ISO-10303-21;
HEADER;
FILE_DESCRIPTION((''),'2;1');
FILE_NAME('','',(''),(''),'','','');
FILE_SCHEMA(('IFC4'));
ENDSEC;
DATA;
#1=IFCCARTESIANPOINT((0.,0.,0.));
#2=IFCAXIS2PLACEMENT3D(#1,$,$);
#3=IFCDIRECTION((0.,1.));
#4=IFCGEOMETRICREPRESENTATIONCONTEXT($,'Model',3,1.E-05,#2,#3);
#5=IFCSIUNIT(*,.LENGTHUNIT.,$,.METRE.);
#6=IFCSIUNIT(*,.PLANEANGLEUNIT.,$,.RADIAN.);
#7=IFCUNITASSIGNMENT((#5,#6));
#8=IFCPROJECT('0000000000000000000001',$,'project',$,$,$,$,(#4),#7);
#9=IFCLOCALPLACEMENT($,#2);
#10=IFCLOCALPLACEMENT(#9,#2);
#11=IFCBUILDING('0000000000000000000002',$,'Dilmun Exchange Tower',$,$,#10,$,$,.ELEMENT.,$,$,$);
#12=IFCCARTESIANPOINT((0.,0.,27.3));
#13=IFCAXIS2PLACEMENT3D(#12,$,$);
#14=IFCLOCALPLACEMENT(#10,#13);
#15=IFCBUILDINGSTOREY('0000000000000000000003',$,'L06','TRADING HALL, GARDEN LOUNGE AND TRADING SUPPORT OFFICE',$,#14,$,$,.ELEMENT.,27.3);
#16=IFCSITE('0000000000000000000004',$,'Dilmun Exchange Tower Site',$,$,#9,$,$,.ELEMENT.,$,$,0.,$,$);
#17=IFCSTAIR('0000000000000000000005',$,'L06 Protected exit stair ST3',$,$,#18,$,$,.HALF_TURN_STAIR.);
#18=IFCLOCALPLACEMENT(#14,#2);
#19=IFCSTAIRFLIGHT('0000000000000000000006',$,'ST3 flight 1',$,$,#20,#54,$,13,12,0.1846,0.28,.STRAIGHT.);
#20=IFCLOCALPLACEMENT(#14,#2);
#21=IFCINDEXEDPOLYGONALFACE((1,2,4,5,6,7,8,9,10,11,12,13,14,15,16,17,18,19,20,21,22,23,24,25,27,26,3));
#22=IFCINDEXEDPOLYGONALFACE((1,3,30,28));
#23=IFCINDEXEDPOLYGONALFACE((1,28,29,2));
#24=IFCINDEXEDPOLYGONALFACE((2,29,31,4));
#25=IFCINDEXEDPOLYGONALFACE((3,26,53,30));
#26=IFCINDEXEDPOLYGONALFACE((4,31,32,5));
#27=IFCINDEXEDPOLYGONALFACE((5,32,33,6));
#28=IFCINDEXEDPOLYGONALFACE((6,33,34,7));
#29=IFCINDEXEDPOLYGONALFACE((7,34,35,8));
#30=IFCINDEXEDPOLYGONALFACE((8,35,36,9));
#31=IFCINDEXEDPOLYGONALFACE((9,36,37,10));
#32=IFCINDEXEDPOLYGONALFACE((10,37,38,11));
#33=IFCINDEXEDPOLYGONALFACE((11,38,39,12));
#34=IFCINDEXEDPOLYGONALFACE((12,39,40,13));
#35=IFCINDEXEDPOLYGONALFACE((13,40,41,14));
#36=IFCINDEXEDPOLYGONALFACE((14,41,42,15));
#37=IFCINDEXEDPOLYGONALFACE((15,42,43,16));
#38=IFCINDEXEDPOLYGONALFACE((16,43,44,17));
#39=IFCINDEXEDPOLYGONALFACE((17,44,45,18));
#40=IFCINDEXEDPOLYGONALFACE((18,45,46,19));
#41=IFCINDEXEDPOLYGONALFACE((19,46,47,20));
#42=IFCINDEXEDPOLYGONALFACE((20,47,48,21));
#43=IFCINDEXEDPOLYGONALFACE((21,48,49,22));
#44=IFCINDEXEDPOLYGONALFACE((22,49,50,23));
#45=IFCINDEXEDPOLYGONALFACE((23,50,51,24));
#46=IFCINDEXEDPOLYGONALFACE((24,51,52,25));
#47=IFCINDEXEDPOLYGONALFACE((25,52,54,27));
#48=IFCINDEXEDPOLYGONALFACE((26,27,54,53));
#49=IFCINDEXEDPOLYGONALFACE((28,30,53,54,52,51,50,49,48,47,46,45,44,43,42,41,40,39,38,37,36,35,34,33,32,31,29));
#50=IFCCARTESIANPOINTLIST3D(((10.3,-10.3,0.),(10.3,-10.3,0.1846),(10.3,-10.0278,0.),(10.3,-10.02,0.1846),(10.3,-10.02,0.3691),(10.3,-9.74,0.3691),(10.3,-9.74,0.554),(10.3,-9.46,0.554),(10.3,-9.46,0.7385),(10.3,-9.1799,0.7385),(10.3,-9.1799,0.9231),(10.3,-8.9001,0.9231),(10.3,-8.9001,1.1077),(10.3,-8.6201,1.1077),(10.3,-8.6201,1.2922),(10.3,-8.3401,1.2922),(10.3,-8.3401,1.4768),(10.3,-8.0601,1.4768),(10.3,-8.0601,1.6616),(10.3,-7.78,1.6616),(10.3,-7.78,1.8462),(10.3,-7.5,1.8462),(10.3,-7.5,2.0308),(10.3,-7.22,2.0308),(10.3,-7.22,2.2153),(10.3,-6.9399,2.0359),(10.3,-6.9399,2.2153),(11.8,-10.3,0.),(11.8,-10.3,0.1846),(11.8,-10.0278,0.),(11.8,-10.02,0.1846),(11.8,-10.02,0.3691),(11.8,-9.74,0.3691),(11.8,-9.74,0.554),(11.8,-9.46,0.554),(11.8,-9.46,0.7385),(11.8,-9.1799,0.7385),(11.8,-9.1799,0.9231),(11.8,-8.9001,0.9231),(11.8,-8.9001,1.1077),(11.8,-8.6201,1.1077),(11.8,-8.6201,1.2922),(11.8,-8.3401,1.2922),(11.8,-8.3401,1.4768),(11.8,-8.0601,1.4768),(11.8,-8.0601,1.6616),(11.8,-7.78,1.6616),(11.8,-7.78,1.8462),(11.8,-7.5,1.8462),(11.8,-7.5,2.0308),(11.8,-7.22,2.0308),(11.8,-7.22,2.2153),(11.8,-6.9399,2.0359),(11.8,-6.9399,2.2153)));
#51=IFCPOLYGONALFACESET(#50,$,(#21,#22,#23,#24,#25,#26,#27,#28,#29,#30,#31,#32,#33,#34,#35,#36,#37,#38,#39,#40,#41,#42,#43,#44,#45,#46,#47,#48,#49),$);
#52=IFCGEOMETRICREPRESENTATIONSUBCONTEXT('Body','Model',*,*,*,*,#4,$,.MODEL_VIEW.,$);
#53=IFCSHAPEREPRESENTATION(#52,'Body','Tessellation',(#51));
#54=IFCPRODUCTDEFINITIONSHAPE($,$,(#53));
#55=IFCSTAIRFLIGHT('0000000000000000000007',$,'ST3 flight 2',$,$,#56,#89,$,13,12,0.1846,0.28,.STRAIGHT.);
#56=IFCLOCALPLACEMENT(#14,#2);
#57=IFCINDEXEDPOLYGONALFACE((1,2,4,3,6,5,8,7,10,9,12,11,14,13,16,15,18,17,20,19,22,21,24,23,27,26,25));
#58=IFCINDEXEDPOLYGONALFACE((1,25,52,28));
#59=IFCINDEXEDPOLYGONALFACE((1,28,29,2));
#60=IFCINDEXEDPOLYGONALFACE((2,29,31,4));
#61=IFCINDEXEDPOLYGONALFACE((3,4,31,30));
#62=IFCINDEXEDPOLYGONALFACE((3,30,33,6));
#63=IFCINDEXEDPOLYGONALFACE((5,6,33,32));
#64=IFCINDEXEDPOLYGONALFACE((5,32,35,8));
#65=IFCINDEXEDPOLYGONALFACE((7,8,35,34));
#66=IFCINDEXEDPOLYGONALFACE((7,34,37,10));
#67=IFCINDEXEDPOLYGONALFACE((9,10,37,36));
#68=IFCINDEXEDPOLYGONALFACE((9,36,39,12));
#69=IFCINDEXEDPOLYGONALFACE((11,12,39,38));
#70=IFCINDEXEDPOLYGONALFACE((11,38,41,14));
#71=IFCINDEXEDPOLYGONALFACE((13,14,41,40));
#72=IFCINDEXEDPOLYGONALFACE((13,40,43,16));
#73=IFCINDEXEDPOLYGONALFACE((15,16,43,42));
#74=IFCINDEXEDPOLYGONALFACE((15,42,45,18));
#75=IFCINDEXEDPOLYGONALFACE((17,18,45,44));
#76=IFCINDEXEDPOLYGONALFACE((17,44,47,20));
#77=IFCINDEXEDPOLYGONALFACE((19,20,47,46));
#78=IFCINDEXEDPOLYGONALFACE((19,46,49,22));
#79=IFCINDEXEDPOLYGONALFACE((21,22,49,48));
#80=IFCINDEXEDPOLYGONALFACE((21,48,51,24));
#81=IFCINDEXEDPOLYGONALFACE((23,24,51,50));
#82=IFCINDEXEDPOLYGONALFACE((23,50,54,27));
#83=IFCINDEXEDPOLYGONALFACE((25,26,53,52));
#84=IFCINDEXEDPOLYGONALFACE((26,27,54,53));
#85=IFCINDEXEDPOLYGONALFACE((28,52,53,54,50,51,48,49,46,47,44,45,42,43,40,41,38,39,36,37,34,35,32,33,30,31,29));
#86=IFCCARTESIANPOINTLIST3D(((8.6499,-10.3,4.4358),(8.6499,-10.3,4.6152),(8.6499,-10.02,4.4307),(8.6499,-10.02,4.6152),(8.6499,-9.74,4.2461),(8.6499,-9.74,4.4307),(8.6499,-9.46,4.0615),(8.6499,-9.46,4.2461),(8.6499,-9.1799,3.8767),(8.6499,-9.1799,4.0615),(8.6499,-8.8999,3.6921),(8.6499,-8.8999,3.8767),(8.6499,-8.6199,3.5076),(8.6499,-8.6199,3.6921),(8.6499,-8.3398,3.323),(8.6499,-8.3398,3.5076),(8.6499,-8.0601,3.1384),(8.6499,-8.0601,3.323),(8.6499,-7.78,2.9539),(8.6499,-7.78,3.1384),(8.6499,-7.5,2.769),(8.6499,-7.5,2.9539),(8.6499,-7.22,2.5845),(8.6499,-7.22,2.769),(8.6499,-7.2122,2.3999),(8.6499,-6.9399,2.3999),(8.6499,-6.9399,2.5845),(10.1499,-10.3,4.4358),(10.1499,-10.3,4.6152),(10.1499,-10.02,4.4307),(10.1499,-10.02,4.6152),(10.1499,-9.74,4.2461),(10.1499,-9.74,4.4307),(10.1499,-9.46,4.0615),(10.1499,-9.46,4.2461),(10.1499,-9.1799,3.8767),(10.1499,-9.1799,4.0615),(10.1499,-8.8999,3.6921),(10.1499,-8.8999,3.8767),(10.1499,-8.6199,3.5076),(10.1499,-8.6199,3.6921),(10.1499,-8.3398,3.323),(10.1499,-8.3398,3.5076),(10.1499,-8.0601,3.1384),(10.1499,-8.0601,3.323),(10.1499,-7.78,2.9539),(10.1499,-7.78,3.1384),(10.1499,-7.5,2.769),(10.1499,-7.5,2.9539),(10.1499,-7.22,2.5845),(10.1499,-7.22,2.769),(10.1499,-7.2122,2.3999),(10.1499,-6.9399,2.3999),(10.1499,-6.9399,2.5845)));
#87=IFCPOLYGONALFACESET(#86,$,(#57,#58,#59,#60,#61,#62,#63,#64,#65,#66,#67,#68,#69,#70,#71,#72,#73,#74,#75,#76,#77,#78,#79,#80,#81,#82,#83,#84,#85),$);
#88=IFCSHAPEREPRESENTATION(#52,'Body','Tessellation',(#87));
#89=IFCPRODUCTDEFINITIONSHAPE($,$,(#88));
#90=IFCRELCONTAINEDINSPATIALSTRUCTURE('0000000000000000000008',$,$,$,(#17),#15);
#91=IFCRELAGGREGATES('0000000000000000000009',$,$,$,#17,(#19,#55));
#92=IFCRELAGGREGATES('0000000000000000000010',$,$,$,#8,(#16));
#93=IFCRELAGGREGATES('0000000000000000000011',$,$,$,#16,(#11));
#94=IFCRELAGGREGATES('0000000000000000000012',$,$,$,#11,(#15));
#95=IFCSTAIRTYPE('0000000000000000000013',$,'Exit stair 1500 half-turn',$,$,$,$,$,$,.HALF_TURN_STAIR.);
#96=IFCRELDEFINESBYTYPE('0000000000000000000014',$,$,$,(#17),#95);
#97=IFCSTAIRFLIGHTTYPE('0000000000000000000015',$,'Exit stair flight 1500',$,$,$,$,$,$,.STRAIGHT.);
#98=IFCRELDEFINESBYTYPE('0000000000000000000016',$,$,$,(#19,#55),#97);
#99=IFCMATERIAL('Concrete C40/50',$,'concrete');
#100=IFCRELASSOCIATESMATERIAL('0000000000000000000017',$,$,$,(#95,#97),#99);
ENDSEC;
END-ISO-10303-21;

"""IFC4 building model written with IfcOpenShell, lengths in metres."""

from ifc_helpers import new_model, si_unit, direction, frame, origin, place, context, subcontext, project, spatial, polyline, outline, extrude, material, type_object, element, aggregate, save


model = new_model("IFC4")

# Units and contexts
model_context = context("Model", 3, precision=1e-05, world=origin(), true_north=direction((0.0, 1.0)))
body_context = subcontext(model_context, "Body", "Model", "MODEL_VIEW")
ifc_project = project(units=[si_unit("LENGTHUNIT", "METRE"), si_unit("PLANEANGLEUNIT", "RADIAN")], contexts=[model_context])

# Site, building, storey
site_placement = place(None, origin())
site = spatial("IfcSite", under=ifc_project, at=site_placement, Name="Dilmun Exchange Tower Site", CompositionType="ELEMENT", RefElevation=0.0)
building_placement = place(site_placement, origin())
building = spatial("IfcBuilding", under=site, at=building_placement, Name="Dilmun Exchange Tower", CompositionType="ELEMENT")
storey_placement = place(building_placement, frame((0.0, 0.0, 27.3)))
storey = spatial("IfcBuildingStorey", under=building, at=storey_placement, Name="L06", Description="TRADING HALL, GARDEN LOUNGE AND TRADING SUPPORT OFFICE", CompositionType="ELEMENT", Elevation=27.3)

# Shared definitions
ifc_material_1 = material(Name="Concrete C40/50", Category="concrete")

# Stair, stair flights
stair_type = type_object("IfcStairType", Name="Exit stair 1500 half-turn", PredefinedType="HALF_TURN_STAIR", material=ifc_material_1)
stair_placement = place(storey_placement, origin())
stair = element("IfcStair", 1, at=stair_placement, inside=storey, type_object=stair_type, Name="L06 Protected exit stair ST3", PredefinedType="HALF_TURN_STAIR")
stair_flight_type = type_object("IfcStairFlightType", Name="Exit stair flight 1500", PredefinedType="STRAIGHT", material=ifc_material_1)
stair_flight_1_placement = place(storey_placement, frame((11.05, -10.3, 0.0), z_axis=(0.0, 0.0, 1.0), x_axis=(0.0, 1.0, 0.0)))
stair_flight_1 = element("IfcStairFlight", 2, at=stair_flight_1_placement, type_object=stair_flight_type, Name="ST3 flight 1", NumberOfRisers=13, NumberOfTreads=12, PredefinedType="STRAIGHT", RiserHeight=0.1846, TreadLength=0.28, context=body_context, shape_type="SweptSolid", body=[
    extrude(outline(polyline([(0.0, 0.0), (0.0, 0.1846), (0.28, 0.1846), (0.28, 0.3691), (0.5601, 0.3691), (0.5601, 0.554), (0.8401, 0.554), (0.8401, 0.7385), (1.1201, 0.7385), (1.1201, 0.9231), (1.3999, 0.9231), (1.3999, 1.1077), (1.6799, 1.1077), (1.6799, 1.2922), (1.96, 1.2922), (1.96, 1.4768), (2.24, 1.4768), (2.24, 1.6616), (2.52, 1.6616), (2.52, 1.8462), (2.8, 1.8462), (2.8, 2.0308), (3.0801, 2.0308), (3.0801, 2.2153), (3.3601, 2.2153), (3.3601, 2.3999), (3.3601, 2.0359), (0.2722, 0.0), (0.0, 0.0)])), frame((0.0, 0.75, 0.0), z_axis=(0.0, -1.0, 0.0), x_axis=(1.0, 0.0, 0.0)), (0.0, 0.0, 1.0), 1.5),
])
stair_flight_2_placement = place(storey_placement, frame((9.3999, -6.9399, 2.3999), z_axis=(0.0, 0.0, 1.0), x_axis=(0.0, -1.0, 0.0)))
stair_flight_2 = element("IfcStairFlight", 3, at=stair_flight_2_placement, type_object=stair_flight_type, Name="ST3 flight 2", NumberOfRisers=13, NumberOfTreads=12, PredefinedType="STRAIGHT", RiserHeight=0.1846, TreadLength=0.28, context=body_context, shape_type="SweptSolid", body=[
    extrude(outline(polyline([(0.0, 0.0), (0.0, 0.1846), (0.28, 0.1846), (0.28, 0.3691), (0.5601, 0.3691), (0.5601, 0.554), (0.8401, 0.554), (0.8401, 0.7385), (1.1201, 0.7385), (1.1201, 0.9231), (1.3999, 0.9231), (1.3999, 1.1077), (1.6799, 1.1077), (1.6799, 1.2922), (1.96, 1.2922), (1.96, 1.4768), (2.24, 1.4768), (2.24, 1.6616), (2.52, 1.6616), (2.52, 1.8462), (2.8, 1.8462), (2.8, 2.0308), (3.0801, 2.0308), (3.0801, 2.2153), (3.3601, 2.2153), (3.3601, 2.3999), (3.3601, 2.0359), (0.2722, 0.0), (0.0, 0.0)])), frame((0.0, 0.75, 0.0), z_axis=(0.0, -1.0, 0.0), x_axis=(1.0, 0.0, 0.0)), (0.0, 0.0, 1.0), 1.5),
])
aggregate(stair, [stair_flight_1, stair_flight_2])

save(model, "model.ifc")
